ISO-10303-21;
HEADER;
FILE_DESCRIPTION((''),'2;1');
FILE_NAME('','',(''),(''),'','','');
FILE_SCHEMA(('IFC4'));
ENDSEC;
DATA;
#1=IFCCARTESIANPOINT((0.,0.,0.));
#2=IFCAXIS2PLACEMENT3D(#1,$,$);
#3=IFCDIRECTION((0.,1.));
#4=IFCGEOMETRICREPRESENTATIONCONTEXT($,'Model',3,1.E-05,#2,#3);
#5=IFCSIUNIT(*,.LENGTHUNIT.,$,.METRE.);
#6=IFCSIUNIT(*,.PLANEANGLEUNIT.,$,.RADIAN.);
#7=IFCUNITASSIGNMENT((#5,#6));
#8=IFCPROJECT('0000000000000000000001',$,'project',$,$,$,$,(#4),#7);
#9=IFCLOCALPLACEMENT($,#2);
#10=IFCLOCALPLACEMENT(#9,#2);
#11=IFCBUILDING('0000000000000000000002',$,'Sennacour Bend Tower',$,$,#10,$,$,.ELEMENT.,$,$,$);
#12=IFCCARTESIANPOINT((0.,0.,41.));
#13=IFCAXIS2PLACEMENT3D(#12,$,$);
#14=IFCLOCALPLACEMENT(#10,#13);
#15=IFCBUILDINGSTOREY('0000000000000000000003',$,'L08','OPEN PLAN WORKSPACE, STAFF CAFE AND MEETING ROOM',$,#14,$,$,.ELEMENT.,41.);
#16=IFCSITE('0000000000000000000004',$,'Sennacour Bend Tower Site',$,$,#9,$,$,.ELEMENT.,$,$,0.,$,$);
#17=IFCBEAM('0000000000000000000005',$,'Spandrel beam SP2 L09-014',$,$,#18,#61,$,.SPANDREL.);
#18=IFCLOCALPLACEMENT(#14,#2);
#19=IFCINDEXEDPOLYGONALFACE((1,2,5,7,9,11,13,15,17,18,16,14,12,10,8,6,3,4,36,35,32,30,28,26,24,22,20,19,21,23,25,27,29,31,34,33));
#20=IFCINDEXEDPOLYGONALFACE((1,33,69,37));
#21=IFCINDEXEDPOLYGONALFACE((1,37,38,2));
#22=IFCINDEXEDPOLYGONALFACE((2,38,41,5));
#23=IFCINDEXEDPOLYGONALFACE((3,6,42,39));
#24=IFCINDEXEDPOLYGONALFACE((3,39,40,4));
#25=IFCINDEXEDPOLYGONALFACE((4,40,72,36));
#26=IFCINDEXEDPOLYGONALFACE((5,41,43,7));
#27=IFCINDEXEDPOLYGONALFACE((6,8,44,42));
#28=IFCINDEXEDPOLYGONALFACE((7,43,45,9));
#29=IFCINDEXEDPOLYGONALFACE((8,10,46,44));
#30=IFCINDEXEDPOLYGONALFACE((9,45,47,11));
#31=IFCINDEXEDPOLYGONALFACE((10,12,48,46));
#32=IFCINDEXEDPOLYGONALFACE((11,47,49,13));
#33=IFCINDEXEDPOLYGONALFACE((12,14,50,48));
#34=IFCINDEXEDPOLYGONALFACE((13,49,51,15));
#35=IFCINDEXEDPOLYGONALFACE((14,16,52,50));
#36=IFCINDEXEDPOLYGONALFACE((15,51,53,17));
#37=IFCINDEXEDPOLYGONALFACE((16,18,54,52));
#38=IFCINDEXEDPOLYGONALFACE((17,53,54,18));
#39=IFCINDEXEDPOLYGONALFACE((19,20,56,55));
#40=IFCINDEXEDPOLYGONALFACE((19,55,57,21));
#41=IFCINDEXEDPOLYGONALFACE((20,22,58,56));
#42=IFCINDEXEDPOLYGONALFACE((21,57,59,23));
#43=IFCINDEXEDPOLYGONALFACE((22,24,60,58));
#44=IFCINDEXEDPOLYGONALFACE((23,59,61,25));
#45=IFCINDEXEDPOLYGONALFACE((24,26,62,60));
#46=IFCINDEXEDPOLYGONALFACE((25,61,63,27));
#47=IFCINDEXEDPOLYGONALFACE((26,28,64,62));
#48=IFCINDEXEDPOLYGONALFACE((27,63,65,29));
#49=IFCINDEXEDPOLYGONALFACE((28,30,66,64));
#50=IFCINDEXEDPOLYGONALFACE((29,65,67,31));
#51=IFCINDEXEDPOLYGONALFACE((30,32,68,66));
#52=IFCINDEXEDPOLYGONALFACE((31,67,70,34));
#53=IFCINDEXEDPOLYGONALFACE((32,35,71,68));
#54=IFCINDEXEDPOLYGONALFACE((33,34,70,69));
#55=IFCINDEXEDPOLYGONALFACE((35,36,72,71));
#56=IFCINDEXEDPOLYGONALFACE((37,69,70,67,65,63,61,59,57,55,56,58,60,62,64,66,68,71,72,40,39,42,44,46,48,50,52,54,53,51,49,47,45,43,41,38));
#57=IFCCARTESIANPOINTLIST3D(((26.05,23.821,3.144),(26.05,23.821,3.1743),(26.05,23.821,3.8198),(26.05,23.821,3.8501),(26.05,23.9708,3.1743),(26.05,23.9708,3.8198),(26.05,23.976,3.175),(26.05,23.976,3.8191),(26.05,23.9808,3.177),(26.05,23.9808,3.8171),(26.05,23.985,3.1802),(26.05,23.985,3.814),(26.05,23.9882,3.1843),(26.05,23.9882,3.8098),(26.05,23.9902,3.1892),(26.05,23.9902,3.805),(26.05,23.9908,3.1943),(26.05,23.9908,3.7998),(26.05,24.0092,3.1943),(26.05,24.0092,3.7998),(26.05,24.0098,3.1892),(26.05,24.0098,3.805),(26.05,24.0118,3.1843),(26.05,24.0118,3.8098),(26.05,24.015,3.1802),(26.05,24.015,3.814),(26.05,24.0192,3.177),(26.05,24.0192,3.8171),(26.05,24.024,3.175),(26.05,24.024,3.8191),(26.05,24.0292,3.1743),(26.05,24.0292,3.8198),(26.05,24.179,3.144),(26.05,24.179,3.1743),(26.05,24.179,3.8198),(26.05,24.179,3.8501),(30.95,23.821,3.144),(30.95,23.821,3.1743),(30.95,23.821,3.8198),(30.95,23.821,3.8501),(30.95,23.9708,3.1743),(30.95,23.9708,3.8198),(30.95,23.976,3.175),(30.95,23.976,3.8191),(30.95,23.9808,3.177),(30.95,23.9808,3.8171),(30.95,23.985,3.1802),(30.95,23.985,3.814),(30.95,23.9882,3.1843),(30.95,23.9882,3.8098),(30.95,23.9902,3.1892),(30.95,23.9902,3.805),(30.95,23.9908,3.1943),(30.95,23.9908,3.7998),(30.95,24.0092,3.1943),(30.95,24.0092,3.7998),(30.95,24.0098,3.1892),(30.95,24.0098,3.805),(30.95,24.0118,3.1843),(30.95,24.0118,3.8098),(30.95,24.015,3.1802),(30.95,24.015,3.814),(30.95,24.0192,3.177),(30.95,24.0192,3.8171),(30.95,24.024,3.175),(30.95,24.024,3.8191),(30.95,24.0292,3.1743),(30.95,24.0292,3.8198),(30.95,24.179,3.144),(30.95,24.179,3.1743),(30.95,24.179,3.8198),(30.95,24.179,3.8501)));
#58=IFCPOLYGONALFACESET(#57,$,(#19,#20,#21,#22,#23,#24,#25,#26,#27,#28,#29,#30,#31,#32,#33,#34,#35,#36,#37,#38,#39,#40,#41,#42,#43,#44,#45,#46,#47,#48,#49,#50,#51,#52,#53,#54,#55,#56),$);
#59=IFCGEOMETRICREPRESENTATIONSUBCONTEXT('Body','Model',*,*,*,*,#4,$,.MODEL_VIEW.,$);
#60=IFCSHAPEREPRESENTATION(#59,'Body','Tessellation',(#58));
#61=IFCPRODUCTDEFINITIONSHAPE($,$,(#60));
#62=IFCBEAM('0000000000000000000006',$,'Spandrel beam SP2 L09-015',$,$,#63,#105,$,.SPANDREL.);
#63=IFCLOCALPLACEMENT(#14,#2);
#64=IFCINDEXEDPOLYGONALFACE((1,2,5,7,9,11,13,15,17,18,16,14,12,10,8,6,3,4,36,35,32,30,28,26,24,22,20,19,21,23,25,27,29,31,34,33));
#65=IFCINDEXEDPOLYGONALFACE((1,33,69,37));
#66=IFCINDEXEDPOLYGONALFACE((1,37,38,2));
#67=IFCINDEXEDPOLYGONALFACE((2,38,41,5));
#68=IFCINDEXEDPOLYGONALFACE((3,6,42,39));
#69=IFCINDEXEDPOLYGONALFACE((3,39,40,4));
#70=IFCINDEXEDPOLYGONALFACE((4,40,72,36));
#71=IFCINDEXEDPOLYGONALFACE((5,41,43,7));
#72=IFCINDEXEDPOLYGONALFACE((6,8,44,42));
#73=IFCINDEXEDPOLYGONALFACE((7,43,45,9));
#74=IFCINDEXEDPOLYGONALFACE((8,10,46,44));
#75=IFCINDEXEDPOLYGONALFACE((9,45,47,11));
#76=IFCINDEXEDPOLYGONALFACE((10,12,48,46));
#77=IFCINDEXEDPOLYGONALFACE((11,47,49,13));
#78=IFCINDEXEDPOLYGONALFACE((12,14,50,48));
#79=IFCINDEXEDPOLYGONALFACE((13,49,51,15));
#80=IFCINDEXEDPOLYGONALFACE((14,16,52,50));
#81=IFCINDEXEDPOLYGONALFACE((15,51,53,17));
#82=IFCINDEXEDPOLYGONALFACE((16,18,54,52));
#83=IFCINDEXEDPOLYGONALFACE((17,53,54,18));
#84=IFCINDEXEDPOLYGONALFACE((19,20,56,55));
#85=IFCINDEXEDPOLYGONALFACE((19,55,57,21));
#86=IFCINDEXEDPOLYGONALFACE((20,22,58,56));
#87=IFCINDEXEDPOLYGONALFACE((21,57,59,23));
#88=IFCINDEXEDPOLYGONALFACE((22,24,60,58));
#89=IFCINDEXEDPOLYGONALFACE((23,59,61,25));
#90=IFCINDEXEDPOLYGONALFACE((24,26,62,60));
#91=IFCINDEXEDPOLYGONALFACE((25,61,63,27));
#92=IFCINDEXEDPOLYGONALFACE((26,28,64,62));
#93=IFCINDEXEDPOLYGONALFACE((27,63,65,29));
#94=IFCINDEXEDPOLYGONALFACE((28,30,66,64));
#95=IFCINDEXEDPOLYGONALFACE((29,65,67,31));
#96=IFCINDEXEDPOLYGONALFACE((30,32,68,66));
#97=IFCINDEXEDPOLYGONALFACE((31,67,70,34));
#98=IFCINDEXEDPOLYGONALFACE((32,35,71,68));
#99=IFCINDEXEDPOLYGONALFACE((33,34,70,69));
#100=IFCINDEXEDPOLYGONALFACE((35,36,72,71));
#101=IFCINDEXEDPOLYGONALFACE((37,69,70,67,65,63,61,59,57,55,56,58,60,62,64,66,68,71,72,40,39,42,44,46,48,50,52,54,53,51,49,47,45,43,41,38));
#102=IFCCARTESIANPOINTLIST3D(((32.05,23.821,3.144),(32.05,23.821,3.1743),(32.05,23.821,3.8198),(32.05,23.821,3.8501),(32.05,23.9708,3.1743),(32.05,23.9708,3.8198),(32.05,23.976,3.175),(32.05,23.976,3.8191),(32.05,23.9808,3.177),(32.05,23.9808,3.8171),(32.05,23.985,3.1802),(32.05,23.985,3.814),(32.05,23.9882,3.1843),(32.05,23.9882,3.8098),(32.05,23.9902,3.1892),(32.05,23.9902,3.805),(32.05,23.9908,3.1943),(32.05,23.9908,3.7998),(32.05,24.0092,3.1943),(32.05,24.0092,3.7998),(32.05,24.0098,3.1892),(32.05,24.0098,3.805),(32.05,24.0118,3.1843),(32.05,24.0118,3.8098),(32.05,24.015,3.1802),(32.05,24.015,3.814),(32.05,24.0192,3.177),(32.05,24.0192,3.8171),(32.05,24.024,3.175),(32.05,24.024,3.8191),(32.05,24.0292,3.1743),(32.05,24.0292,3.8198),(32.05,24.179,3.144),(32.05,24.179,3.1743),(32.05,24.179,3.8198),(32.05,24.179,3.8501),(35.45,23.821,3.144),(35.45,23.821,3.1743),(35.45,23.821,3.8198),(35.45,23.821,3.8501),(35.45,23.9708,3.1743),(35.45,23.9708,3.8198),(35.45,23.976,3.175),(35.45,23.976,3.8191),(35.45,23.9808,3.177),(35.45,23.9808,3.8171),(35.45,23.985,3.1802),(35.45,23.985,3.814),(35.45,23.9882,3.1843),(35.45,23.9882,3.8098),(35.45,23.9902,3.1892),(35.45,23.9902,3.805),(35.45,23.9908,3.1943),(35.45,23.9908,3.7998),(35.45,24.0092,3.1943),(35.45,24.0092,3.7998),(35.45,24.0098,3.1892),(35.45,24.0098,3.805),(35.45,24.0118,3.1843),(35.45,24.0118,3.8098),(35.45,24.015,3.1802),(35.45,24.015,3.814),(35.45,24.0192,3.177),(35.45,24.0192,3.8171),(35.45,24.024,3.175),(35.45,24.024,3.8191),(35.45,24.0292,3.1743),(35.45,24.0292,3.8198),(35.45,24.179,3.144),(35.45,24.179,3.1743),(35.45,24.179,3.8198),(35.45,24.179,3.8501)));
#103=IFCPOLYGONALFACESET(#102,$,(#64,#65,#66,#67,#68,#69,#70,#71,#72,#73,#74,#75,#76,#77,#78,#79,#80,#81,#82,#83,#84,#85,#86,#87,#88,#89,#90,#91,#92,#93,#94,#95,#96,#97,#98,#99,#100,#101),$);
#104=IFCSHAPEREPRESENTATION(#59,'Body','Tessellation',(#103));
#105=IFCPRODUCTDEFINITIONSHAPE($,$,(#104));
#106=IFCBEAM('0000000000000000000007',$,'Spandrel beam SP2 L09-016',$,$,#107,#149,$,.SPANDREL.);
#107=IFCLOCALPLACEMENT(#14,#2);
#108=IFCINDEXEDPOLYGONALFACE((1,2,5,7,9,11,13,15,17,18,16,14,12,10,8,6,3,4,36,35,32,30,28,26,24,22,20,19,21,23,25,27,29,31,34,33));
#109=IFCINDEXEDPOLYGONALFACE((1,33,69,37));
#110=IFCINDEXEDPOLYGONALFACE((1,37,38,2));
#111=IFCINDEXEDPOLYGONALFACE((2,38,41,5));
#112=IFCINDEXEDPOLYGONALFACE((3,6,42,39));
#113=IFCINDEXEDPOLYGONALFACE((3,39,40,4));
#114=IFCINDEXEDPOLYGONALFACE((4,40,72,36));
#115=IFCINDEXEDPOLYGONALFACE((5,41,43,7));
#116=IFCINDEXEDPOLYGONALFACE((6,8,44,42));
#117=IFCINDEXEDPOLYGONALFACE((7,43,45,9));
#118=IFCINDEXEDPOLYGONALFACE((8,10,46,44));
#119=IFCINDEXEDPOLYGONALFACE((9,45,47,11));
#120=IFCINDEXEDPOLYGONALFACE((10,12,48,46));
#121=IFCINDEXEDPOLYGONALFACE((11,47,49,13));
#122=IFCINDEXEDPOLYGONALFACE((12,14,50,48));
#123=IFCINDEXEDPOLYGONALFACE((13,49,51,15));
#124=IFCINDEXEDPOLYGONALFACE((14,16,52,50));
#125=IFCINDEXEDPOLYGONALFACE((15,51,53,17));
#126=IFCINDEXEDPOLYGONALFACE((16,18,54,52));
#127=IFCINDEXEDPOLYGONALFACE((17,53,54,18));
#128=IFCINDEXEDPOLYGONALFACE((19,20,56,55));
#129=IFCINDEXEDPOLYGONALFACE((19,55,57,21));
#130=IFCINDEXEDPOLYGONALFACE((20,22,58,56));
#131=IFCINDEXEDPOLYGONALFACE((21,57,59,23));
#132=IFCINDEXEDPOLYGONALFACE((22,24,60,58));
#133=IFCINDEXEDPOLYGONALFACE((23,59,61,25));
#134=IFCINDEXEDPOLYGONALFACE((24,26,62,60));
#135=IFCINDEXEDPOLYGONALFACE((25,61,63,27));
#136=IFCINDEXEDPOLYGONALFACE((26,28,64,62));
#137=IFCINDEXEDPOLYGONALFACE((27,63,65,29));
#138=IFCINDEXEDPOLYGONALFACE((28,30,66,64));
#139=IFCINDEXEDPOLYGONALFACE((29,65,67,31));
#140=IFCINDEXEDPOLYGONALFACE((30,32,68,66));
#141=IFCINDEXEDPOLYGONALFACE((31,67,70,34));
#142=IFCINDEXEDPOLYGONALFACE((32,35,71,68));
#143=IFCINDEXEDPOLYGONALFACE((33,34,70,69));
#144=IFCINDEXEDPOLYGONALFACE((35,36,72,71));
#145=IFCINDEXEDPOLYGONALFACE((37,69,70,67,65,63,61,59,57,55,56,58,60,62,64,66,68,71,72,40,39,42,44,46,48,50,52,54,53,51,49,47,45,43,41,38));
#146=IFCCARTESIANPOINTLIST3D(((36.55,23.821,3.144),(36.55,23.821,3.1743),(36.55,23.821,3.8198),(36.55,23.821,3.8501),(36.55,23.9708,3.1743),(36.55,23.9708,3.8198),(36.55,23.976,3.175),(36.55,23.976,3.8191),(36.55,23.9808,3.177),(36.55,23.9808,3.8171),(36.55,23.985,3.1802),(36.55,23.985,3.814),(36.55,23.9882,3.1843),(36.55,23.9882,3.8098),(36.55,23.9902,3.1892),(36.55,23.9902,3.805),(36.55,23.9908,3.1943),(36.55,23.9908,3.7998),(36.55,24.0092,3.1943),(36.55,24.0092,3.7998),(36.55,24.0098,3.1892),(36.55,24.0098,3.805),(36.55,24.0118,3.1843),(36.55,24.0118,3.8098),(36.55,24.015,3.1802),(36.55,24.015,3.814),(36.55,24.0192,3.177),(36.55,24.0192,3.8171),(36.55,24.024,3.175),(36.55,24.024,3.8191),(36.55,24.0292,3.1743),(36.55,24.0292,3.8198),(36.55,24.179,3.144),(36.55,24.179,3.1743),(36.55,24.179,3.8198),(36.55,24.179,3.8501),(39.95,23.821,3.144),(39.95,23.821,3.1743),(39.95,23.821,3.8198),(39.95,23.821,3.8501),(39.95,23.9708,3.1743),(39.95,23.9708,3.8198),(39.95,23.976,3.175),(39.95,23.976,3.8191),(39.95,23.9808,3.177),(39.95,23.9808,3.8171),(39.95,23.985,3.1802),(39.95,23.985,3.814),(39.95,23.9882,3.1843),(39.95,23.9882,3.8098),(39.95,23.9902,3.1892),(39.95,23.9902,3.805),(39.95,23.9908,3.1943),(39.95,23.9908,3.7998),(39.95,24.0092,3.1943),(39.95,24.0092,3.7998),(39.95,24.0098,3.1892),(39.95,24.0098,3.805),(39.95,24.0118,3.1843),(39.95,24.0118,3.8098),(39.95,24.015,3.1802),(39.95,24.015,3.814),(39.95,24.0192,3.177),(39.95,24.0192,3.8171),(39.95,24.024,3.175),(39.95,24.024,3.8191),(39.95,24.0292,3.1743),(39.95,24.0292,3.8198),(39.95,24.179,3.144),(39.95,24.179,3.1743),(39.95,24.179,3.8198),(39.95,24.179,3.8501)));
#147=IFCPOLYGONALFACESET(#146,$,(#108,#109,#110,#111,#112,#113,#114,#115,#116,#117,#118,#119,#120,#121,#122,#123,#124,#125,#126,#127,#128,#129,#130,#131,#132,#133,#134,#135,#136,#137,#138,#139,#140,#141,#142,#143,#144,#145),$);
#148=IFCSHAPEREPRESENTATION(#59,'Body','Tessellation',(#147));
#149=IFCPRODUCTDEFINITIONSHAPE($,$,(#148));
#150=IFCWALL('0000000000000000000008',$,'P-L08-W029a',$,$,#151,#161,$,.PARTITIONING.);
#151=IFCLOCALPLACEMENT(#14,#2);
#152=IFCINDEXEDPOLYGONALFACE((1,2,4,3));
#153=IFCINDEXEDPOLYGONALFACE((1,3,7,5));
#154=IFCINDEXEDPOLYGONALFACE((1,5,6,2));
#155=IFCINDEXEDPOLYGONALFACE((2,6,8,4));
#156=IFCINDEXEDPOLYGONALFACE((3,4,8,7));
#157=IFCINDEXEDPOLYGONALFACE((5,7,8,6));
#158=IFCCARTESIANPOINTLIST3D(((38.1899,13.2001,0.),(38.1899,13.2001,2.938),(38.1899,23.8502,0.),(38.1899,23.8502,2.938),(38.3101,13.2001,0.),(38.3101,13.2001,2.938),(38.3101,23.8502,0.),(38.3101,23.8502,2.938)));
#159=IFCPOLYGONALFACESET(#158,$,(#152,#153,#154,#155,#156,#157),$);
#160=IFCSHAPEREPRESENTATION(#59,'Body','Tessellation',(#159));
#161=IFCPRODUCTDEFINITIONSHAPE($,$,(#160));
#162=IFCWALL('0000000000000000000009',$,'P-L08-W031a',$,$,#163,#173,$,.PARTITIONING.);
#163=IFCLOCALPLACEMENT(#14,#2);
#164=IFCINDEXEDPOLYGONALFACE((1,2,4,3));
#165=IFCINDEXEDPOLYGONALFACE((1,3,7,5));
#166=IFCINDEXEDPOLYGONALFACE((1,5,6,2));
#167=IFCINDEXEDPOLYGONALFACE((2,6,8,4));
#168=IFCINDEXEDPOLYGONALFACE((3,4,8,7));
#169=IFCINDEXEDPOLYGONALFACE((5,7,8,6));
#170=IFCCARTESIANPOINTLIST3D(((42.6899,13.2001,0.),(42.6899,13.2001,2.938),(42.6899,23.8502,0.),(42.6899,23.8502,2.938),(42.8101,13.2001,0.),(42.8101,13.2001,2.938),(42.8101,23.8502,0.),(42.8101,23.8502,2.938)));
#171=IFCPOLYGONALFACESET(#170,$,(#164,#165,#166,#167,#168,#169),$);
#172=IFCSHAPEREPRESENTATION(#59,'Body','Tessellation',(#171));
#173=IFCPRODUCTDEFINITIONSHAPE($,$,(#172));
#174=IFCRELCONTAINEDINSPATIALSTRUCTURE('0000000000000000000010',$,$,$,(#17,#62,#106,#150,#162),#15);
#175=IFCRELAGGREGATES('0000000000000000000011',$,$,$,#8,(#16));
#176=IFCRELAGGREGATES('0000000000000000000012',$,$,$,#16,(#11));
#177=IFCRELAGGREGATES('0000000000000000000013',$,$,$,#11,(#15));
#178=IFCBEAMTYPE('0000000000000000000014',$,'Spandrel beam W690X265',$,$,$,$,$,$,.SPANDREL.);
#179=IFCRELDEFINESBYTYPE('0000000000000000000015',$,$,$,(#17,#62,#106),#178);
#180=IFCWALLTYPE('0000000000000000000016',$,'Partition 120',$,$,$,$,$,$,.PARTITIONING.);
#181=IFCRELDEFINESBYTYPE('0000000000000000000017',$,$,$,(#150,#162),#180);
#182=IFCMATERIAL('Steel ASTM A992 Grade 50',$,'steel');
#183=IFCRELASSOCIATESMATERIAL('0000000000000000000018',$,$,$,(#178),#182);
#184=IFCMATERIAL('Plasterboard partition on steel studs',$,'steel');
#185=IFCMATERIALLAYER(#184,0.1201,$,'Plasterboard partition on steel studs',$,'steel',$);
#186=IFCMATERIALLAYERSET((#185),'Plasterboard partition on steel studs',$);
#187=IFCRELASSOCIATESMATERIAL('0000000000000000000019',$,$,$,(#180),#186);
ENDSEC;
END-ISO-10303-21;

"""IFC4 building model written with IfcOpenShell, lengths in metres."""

from ifc_helpers import new_model, si_unit, direction, frame, frame_2d, origin, origin_2d, place, context, subcontext, project, spatial, rectangle, i_section, extrude, material, layer, layer_set, material_profile, profile_set, type_object, element, save


model = new_model("IFC4")

# Units and contexts
model_context = context("Model", 3, precision=1e-05, world=origin(), true_north=direction((0.0, 1.0)))
body_context = subcontext(model_context, "Body", "Model", "MODEL_VIEW")
ifc_project = project(units=[si_unit("LENGTHUNIT", "METRE"), si_unit("PLANEANGLEUNIT", "RADIAN")], contexts=[model_context])

# Site, building, storey
site_placement = place(None, origin())
site = spatial("IfcSite", under=ifc_project, at=site_placement, Name="Sennacour Bend Tower Site", CompositionType="ELEMENT", RefElevation=0.0)
building_placement = place(site_placement, origin())
building = spatial("IfcBuilding", under=site, at=building_placement, Name="Sennacour Bend Tower", CompositionType="ELEMENT")
storey_placement = place(building_placement, frame((0.0, 0.0, 41.0)))
storey = spatial("IfcBuildingStorey", under=building, at=storey_placement, Name="L08", Description="OPEN PLAN WORKSPACE, STAFF CAFE AND MEETING ROOM", CompositionType="ELEMENT", Elevation=41.0)

# Beams
ifc_material_1 = material(Name="Steel ASTM A992 Grade 50", Category="steel")
ifc_material_profile_1 = material_profile(ifc_material_1, i_section(OverallWidth=0.3579, OverallDepth=0.7061, WebThickness=0.0183, FlangeThickness=0.0303, FilletRadius=0.02, at=origin_2d()), Name="Steel ASTM A992 Grade 50", Category="steel")
ifc_profile_set_1 = profile_set([ifc_material_profile_1], Name="Steel ASTM A992 Grade 50")
beam_type_1 = type_object("IfcBeamType", Name="Spandrel beam W690X265", PredefinedType="SPANDREL", material=ifc_profile_set_1)
beam_1_placement = place(storey_placement, frame((26.05, 24.0, 3.4971), z_axis=(1.0, 0.0, 0.0), x_axis=(0.0, 1.0, 0.0)))
element("IfcBeam", 1, at=beam_1_placement, inside=storey, type_object=beam_type_1, Name="Spandrel beam SP2 L09-014", PredefinedType="SPANDREL", context=body_context, shape_type="SweptSolid", body=[
    extrude(i_section(OverallWidth=0.3579, OverallDepth=0.7061, WebThickness=0.0183, FlangeThickness=0.0303, FilletRadius=0.02, at=origin_2d()), origin(), (0.0, 0.0, 1.0), 4.8999),
])
for number, where, z_axis, x_axis, name in (
    (2, (32.05, 24.0, 3.4971), (1.0, 0.0, 0.0), (0.0, 1.0, 0.0), "Spandrel beam SP2 L09-015"),
    (3, (36.55, 24.0, 3.4971), (1.0, 0.0, 0.0), (0.0, 1.0, 0.0), "Spandrel beam SP2 L09-016"),
):
    element("IfcBeam", number, at=place(storey_placement, frame(where, z_axis=z_axis, x_axis=x_axis)), inside=storey, type_object=beam_type_1, Name=name, PredefinedType="SPANDREL", context=body_context, shape_type="SweptSolid", body=[
        extrude(i_section(OverallWidth=0.3579, OverallDepth=0.7061, WebThickness=0.0183, FlangeThickness=0.0303, FilletRadius=0.02, at=origin_2d()), origin(), (0.0, 0.0, 1.0), 3.3999),
    ])

# Walls
ifc_material_2 = material(Name="Plasterboard partition on steel studs", Category="steel")
ifc_layer_1 = layer(ifc_material_2, 0.1201, Name="Plasterboard partition on steel studs", Category="steel")
ifc_layer_set_1 = layer_set([ifc_layer_1], Name="Plasterboard partition on steel studs")
wall_type_1 = type_object("IfcWallType", Name="Partition 120", PredefinedType="PARTITIONING", material=ifc_layer_set_1)
for number, where, z_axis, x_axis, name in (
    (4, (38.25, 13.2, 0.0), (0.0, 0.0, 1.0), (0.0, 1.0, 0.0), "P-L08-W029a"),
    (5, (42.75, 13.2, 0.0), (0.0, 0.0, 1.0), (0.0, 1.0, 0.0), "P-L08-W031a"),
):
    element("IfcWall", number, at=place(storey_placement, frame(where, z_axis=z_axis, x_axis=x_axis)), inside=storey, type_object=wall_type_1, Name=name, PredefinedType="PARTITIONING", context=body_context, shape_type="SweptSolid", body=[
        extrude(rectangle(XDim=10.6501, YDim=0.1201, at=frame_2d((5.3252, 0.0))), origin(), (0.0, 0.0, 1.0), 2.938),
    ])

save(model, "model.ifc")
